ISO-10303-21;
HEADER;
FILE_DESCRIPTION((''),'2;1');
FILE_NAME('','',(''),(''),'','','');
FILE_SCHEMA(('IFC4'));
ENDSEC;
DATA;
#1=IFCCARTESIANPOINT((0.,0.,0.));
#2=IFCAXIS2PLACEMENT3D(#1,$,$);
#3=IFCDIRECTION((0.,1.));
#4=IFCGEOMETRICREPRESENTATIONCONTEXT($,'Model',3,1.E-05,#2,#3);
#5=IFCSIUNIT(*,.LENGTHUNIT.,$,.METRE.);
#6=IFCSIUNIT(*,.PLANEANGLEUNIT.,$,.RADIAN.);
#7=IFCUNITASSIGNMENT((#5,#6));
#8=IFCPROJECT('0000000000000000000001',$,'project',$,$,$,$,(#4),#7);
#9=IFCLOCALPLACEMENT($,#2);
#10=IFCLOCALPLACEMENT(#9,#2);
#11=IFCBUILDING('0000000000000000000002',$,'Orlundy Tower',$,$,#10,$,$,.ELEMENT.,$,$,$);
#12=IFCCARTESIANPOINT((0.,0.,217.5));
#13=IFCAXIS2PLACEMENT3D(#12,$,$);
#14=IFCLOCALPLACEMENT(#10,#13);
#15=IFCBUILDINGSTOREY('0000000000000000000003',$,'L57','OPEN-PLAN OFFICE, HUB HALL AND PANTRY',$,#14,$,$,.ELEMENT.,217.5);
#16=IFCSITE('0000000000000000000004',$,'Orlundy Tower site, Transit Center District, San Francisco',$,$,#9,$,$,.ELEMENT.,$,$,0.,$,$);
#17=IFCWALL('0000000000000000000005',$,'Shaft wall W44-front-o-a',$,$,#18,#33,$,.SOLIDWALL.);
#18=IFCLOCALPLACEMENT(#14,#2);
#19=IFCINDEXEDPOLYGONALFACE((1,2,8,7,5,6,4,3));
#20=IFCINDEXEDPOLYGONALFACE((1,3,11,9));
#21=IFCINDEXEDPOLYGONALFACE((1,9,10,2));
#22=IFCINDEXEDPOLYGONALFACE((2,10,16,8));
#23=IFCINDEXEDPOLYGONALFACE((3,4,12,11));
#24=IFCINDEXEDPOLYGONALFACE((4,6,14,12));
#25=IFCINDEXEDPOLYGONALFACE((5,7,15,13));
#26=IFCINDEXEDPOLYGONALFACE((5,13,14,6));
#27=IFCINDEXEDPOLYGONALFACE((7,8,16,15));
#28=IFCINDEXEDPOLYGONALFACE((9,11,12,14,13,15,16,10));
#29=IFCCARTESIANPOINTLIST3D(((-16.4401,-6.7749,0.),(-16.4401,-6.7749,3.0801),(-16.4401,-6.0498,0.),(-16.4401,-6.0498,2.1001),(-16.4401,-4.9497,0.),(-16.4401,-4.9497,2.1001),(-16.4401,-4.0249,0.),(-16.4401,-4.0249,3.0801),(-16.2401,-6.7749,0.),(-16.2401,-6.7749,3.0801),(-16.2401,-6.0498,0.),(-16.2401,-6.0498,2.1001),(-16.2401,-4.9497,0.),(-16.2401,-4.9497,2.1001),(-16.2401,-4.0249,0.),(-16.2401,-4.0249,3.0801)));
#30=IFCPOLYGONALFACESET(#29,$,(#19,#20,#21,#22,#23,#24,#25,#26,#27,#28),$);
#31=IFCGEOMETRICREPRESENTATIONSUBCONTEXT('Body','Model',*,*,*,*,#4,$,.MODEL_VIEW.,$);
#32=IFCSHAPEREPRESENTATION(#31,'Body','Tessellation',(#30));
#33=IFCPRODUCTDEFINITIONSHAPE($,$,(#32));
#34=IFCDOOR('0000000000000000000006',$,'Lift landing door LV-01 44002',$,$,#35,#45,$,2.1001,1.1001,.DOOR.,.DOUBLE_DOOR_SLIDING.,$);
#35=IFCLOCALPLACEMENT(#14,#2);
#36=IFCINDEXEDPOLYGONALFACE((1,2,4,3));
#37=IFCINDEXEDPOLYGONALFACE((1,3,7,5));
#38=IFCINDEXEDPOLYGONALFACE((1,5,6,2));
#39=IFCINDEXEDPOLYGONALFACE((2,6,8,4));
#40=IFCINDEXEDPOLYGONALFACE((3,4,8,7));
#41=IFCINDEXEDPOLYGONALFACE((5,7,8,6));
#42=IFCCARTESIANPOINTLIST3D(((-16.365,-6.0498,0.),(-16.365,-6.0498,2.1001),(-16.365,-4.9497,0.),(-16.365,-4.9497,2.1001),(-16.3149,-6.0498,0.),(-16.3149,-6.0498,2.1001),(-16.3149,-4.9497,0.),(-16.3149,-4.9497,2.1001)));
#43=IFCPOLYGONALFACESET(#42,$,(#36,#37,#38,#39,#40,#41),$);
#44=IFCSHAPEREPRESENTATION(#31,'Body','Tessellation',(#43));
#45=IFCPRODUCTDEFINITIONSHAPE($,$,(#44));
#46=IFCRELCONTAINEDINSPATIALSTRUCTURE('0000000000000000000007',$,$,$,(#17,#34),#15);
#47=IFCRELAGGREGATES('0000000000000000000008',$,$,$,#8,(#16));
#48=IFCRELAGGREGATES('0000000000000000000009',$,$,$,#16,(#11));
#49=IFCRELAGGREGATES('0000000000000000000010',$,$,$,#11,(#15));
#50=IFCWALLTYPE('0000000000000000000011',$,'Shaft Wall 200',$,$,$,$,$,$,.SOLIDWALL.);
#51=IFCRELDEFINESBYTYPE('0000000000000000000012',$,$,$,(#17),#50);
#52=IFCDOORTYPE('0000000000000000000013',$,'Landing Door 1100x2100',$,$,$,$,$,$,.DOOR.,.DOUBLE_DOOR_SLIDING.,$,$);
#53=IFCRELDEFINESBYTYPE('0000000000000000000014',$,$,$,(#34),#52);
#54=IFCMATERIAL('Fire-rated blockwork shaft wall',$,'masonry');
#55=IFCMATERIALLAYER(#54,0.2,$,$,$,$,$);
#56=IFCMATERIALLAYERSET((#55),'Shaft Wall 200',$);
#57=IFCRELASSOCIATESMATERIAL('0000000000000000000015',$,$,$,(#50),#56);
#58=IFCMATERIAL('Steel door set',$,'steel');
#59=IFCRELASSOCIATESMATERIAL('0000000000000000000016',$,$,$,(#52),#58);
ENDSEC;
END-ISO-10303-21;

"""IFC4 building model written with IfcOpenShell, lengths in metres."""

from ifc_helpers import new_model, si_unit, direction, frame, frame_2d, origin, place, context, subcontext, project, spatial, rectangle, extrude, material, layer, layer_set, type_object, element, fill, save


model = new_model("IFC4")

# Units and contexts
model_context = context("Model", 3, precision=1e-05, world=origin(), true_north=direction((0.0, 1.0)))
body_context = subcontext(model_context, "Body", "Model", "MODEL_VIEW")
ifc_project = project(units=[si_unit("LENGTHUNIT", "METRE"), si_unit("PLANEANGLEUNIT", "RADIAN")], contexts=[model_context])

# Site, building, storey
site_placement = place(None, origin())
site = spatial("IfcSite", under=ifc_project, at=site_placement, Name="Orlundy Tower site, Transit Center District, San Francisco", CompositionType="ELEMENT", RefElevation=0.0)
building_placement = place(site_placement, origin())
building = spatial("IfcBuilding", under=site, at=building_placement, Name="Orlundy Tower", CompositionType="ELEMENT")
storey_placement = place(building_placement, frame((0.0, 0.0, 217.5)))
storey = spatial("IfcBuildingStorey", under=building, at=storey_placement, Name="L57", Description="OPEN-PLAN OFFICE, HUB HALL AND PANTRY", CompositionType="ELEMENT", Elevation=217.5)

# Wall, opening, door
ifc_material_1 = material(Name="Fire-rated blockwork shaft wall", Category="masonry")
ifc_layer_1 = layer(ifc_material_1, 0.2)
ifc_layer_set_1 = layer_set([ifc_layer_1], Name="Shaft Wall 200")
wall_type_1 = type_object("IfcWallType", Name="Shaft Wall 200", PredefinedType="SOLIDWALL", material=ifc_layer_set_1)
wall_1_placement = place(storey_placement, frame((-16.3401, -6.7749, 0.0), z_axis=(0.0, 0.0, 1.0), x_axis=(0.0, 1.0, 0.0)))
wall_1 = element("IfcWall", 1, at=wall_1_placement, inside=storey, type_object=wall_type_1, Name="Shaft wall W44-front-o-a", PredefinedType="SOLIDWALL", context=body_context, shape_type="SweptSolid", body=[
    extrude(rectangle(XDim=2.75, YDim=0.2, at=frame_2d((1.375, 0.0))), origin(), (0.0, 0.0, 1.0), 3.0801),
])
opening_1_placement = place(wall_1_placement, frame((0.7251, 0.0, 0.0)))
opening_1 = element("IfcOpeningElement", 2, at=opening_1_placement, cuts=wall_1, PredefinedType="OPENING", context=body_context, shape_type="SweptSolid", body=[
    extrude(rectangle(XDim=1.1001, YDim=2.1001, at=frame_2d((0.55, 1.05))), frame((0.0, 0.1101, 0.0), z_axis=(0.0, -1.0, 0.0), x_axis=(1.0, 0.0, 0.0)), (0.0, 0.0, 1.0), 0.2202),
])
ifc_material_2 = material(Name="Steel door set", Category="steel")
door_type_1 = type_object("IfcDoorType", Name="Landing Door 1100x2100", OperationType="DOUBLE_DOOR_SLIDING", PredefinedType="DOOR", material=ifc_material_2)
door_1_placement = place(opening_1_placement, origin())
door_1 = element("IfcDoor", 3, at=door_1_placement, inside=storey, type_object=door_type_1, Name="Lift landing door LV-01 44002", OperationType="DOUBLE_DOOR_SLIDING", OverallHeight=2.1001, OverallWidth=1.1001, PredefinedType="DOOR", context=body_context, shape_type="SweptSolid", body=[
    extrude(rectangle(XDim=1.1001, YDim=2.1001, at=frame_2d((0.55, 1.05))), frame((0.0, 0.0249, 0.0), z_axis=(0.0, -1.0, 0.0), x_axis=(1.0, 0.0, 0.0)), (0.0, 0.0, 1.0), 0.05),
])
fill(opening_1, door_1)

save(model, "model.ifc")
